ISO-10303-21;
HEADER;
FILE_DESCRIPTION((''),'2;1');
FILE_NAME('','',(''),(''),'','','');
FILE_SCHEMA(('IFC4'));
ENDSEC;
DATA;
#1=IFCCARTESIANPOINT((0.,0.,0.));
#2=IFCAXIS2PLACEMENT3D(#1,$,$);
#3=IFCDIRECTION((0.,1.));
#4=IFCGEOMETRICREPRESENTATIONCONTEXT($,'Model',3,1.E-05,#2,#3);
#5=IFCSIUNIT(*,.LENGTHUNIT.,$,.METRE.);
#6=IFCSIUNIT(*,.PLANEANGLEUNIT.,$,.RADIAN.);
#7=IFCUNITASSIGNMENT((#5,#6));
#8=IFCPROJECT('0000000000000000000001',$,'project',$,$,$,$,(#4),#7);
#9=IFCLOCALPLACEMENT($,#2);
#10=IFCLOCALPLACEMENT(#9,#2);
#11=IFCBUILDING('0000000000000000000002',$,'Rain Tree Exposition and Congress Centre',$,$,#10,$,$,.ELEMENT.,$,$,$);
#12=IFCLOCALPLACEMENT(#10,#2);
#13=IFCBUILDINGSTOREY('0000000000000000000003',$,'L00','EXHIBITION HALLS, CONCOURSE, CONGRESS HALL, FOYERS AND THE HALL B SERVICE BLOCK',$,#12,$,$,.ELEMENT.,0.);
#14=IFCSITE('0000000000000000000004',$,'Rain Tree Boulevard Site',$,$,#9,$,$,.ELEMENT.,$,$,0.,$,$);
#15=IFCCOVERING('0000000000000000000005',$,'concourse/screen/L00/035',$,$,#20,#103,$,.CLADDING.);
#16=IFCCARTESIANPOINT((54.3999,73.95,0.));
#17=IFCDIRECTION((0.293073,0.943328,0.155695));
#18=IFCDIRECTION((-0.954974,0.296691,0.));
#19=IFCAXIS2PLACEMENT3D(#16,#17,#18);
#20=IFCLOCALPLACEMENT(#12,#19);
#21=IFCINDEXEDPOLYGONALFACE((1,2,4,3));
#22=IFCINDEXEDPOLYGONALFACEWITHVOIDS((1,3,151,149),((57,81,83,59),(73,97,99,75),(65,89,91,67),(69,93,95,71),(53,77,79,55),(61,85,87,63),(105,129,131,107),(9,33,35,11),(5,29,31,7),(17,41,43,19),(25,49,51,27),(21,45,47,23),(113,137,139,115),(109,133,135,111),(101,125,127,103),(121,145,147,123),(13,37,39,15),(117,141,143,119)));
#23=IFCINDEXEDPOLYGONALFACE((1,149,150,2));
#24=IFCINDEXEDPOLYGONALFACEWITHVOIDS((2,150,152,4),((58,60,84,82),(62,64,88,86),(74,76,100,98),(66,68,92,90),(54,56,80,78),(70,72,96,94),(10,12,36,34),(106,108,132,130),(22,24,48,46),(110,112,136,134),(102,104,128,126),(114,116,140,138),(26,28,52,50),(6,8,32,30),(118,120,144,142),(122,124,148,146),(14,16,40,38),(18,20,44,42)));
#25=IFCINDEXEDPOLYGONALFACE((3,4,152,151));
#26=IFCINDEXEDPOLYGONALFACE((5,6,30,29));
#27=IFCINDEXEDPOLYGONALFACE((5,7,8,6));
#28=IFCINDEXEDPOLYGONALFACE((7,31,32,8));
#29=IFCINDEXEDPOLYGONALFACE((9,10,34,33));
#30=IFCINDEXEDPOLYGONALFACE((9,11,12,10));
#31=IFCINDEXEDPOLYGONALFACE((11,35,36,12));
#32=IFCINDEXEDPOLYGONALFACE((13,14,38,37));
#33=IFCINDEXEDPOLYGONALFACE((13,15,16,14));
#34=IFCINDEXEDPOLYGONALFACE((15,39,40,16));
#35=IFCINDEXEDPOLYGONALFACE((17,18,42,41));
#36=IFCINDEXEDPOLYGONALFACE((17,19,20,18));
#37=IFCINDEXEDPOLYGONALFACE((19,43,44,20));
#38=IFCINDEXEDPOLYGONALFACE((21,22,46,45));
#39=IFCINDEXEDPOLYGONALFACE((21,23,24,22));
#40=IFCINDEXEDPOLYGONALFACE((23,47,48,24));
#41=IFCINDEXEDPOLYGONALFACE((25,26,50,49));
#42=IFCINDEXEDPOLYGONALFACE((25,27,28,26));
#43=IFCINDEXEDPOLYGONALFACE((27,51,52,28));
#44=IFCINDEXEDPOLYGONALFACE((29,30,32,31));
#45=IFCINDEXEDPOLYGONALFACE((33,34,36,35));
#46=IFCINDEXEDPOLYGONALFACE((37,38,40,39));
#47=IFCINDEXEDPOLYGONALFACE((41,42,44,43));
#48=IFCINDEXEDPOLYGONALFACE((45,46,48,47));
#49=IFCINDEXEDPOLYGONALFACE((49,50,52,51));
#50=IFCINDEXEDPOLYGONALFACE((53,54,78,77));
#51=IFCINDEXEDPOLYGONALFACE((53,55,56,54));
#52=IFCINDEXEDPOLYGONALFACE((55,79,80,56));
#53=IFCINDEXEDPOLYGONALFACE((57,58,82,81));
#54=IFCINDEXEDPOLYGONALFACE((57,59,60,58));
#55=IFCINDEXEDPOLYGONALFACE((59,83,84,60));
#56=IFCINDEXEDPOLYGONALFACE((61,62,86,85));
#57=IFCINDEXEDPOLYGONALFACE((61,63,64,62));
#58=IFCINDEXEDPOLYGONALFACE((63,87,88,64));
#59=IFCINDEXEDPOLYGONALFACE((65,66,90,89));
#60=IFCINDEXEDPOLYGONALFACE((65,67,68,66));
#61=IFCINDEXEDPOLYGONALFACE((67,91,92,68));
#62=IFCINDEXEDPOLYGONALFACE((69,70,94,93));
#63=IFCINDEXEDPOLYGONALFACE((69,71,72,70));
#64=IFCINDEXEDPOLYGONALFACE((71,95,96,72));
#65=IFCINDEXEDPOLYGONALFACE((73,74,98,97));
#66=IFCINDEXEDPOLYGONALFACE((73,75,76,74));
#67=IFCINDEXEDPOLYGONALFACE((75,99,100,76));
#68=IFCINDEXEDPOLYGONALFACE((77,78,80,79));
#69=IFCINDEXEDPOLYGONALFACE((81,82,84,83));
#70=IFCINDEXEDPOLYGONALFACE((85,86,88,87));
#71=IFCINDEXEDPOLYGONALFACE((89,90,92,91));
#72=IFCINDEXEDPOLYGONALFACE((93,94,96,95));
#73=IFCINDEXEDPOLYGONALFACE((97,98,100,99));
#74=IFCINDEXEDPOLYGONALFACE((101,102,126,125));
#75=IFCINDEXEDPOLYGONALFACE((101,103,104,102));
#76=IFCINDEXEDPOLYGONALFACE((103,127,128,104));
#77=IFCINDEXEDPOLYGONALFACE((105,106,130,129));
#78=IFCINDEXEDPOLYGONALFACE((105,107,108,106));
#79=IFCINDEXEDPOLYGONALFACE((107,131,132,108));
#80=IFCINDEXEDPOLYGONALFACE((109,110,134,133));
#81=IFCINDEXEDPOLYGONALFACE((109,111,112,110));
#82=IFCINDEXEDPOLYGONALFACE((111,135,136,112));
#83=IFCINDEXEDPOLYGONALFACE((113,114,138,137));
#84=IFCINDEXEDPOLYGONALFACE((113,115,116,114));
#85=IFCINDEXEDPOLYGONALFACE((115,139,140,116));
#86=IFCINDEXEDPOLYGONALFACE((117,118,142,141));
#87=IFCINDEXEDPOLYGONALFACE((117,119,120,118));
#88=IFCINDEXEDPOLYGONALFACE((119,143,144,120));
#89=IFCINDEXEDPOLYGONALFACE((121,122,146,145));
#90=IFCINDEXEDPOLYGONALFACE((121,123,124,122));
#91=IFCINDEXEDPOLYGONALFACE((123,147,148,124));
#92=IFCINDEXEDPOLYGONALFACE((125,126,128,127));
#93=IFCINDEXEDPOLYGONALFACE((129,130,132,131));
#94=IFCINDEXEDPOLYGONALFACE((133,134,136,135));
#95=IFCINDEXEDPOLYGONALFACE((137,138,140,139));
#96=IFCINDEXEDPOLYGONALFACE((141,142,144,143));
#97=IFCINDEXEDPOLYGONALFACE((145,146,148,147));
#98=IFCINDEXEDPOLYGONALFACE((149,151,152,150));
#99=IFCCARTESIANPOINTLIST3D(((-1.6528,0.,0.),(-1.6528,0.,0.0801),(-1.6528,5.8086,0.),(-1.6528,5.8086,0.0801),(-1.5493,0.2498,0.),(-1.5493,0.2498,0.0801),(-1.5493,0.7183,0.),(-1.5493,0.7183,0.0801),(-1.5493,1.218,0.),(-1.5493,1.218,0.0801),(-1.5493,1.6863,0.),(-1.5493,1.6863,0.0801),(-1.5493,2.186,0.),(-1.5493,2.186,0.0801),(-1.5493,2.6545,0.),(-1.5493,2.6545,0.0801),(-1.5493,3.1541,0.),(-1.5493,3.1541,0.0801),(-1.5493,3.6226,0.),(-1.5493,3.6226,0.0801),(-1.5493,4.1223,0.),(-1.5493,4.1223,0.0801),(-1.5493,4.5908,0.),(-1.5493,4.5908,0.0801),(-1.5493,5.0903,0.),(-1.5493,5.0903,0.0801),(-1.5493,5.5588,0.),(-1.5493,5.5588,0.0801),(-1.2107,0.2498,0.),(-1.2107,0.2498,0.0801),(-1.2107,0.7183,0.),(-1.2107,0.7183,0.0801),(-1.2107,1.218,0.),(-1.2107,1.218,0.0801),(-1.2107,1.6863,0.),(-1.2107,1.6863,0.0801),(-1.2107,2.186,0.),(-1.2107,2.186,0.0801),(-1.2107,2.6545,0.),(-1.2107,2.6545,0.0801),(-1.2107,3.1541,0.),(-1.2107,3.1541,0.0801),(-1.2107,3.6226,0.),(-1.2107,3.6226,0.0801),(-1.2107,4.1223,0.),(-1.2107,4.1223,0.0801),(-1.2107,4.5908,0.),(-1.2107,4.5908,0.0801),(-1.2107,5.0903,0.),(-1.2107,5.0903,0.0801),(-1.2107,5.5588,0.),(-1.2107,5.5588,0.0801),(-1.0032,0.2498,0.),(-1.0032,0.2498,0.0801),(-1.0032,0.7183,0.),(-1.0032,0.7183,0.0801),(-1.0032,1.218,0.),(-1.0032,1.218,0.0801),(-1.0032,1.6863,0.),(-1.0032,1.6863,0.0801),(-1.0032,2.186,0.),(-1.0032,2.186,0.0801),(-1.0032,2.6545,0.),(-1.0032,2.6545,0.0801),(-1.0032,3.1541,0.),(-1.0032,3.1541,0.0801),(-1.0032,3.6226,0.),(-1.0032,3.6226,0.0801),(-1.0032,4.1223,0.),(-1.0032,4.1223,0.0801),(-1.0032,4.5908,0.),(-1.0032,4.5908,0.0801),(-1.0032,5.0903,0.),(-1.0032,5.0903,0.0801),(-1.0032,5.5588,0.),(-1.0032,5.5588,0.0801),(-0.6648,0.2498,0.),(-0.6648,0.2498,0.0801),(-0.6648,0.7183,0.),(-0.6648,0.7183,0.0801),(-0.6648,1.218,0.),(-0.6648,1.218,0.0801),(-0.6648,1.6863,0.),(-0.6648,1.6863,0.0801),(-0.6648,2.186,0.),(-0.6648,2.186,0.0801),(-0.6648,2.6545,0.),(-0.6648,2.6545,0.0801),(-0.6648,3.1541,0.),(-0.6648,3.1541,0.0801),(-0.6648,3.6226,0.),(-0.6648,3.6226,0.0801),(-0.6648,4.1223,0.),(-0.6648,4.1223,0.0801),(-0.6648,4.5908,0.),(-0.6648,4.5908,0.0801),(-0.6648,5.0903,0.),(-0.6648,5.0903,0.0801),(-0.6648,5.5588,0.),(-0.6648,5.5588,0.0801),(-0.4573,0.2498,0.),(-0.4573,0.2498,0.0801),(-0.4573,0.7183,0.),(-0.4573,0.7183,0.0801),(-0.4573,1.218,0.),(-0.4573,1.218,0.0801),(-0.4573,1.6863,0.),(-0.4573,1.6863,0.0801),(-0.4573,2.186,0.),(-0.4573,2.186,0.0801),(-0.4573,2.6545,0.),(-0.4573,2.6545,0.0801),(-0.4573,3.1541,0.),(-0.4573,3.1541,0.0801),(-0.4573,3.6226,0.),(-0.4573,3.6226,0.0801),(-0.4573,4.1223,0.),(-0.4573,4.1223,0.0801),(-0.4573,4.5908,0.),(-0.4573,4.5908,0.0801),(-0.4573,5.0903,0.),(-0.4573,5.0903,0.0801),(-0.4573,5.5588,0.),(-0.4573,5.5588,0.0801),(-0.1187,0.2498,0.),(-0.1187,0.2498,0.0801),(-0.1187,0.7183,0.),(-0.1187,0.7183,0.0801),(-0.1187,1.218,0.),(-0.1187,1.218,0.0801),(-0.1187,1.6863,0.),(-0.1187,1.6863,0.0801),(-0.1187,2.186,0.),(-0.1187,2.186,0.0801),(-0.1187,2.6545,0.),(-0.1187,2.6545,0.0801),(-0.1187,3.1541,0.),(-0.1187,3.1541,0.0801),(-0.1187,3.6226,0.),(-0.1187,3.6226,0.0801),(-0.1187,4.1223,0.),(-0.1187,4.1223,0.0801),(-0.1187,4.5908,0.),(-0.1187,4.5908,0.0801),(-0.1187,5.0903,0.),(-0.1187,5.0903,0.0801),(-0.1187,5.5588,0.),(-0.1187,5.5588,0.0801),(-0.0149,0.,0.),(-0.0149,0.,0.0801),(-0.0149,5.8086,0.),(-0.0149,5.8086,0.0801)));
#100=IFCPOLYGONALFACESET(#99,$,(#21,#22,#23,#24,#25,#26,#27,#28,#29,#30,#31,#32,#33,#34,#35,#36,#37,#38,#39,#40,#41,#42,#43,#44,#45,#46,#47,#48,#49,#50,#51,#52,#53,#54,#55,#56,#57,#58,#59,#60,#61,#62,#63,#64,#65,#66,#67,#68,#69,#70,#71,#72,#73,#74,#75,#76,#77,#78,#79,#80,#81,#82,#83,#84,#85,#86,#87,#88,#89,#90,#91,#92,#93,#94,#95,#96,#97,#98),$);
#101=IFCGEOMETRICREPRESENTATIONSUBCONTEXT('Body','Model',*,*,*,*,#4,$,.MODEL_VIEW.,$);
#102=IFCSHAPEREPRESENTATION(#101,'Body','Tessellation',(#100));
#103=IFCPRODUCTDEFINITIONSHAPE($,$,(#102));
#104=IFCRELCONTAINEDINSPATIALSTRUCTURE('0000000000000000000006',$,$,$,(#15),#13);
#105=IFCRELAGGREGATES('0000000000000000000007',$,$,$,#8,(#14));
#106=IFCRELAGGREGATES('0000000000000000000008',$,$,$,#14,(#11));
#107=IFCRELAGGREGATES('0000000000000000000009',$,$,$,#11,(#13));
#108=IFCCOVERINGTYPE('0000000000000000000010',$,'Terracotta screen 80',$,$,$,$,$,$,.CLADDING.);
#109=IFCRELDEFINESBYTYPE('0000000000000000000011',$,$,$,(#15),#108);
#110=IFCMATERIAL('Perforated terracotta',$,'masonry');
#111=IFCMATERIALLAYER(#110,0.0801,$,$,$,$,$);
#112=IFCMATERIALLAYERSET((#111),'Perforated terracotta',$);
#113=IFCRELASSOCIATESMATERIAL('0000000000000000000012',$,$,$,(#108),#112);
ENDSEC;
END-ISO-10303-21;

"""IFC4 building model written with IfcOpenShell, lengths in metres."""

from ifc_helpers import new_model, si_unit, direction, frame, origin, place, context, subcontext, project, spatial, polyline, outline, extrude, material, layer, layer_set, type_object, element, save


model = new_model("IFC4")

# Units and contexts
model_context = context("Model", 3, precision=1e-05, world=origin(), true_north=direction((0.0, 1.0)))
body_context = subcontext(model_context, "Body", "Model", "MODEL_VIEW")
ifc_project = project(units=[si_unit("LENGTHUNIT", "METRE"), si_unit("PLANEANGLEUNIT", "RADIAN")], contexts=[model_context])

# Site, building, storey
site_placement = place(None, origin())
site = spatial("IfcSite", under=ifc_project, at=site_placement, Name="Rain Tree Boulevard Site", CompositionType="ELEMENT", RefElevation=0.0)
building_placement = place(site_placement, origin())
building = spatial("IfcBuilding", under=site, at=building_placement, Name="Rain Tree Exposition and Congress Centre", CompositionType="ELEMENT")
storey_placement = place(building_placement, origin())
storey = spatial("IfcBuildingStorey", under=building, at=storey_placement, Name="L00", Description="EXHIBITION HALLS, CONCOURSE, CONGRESS HALL, FOYERS AND THE HALL B SERVICE BLOCK", CompositionType="ELEMENT", Elevation=0.0)

# Covering
ifc_material_1 = material(Name="Perforated terracotta", Category="masonry")
ifc_layer_1 = layer(ifc_material_1, 0.0801)
ifc_layer_set_1 = layer_set([ifc_layer_1], Name="Perforated terracotta")
covering_type = type_object("IfcCoveringType", Name="Terracotta screen 80", PredefinedType="CLADDING", material=ifc_layer_set_1)
covering_1_placement = place(storey_placement, frame((54.3999, 73.95, 0.0), z_axis=(0.293073, 0.943328, 0.155695), x_axis=(-0.954974, 0.296691, 0.0)))
element("IfcCovering", 1, at=covering_1_placement, inside=storey, type_object=covering_type, Name="concourse/screen/L00/035", PredefinedType="CLADDING", context=body_context, shape_type="SweptSolid", body=[
    extrude(outline(polyline([(-0.0149, 0.0), (-1.6528, 0.0), (-1.6528, 5.8086), (-0.0149, 5.8086), (-0.0149, 0.0)]), holes=[polyline([(-0.1187, 0.2498), (-0.1187, 0.7183), (-0.4573, 0.7183), (-0.4573, 0.2498), (-0.1187, 0.2498)]), polyline([(-0.1187, 1.218), (-0.1187, 1.6863), (-0.4573, 1.6863), (-0.4573, 1.218), (-0.1187, 1.218)]), polyline([(-0.1187, 2.186), (-0.1187, 2.6545), (-0.4573, 2.6545), (-0.4573, 2.186), (-0.1187, 2.186)]), polyline([(-0.1187, 3.1541), (-0.1187, 3.6226), (-0.4573, 3.6226), (-0.4573, 3.1541), (-0.1187, 3.1541)]), polyline([(-0.1187, 4.1223), (-0.1187, 4.5908), (-0.4573, 4.5908), (-0.4573, 4.1223), (-0.1187, 4.1223)]), polyline([(-0.1187, 5.0903), (-0.1187, 5.5588), (-0.4573, 5.5588), (-0.4573, 5.0903), (-0.1187, 5.0903)]), polyline([(-0.6648, 0.2498), (-0.6648, 0.7183), (-1.0032, 0.7183), (-1.0032, 0.2498), (-0.6648, 0.2498)]), polyline([(-0.6648, 1.218), (-0.6648, 1.6863), (-1.0032, 1.6863), (-1.0032, 1.218), (-0.6648, 1.218)]), polyline([(-0.6648, 2.186), (-0.6648, 2.6545), (-1.0032, 2.6545), (-1.0032, 2.186), (-0.6648, 2.186)]), polyline([(-0.6648, 3.1541), (-0.6648, 3.6226), (-1.0032, 3.6226), (-1.0032, 3.1541), (-0.6648, 3.1541)]), polyline([(-0.6648, 4.1223), (-0.6648, 4.5908), (-1.0032, 4.5908), (-1.0032, 4.1223), (-0.6648, 4.1223)]), polyline([(-0.6648, 5.0903), (-0.6648, 5.5588), (-1.0032, 5.5588), (-1.0032, 5.0903), (-0.6648, 5.0903)]), polyline([(-1.2107, 0.2498), (-1.2107, 0.7183), (-1.5493, 0.7183), (-1.5493, 0.2498), (-1.2107, 0.2498)]), polyline([(-1.2107, 1.218), (-1.2107, 1.6863), (-1.5493, 1.6863), (-1.5493, 1.218), (-1.2107, 1.218)]), polyline([(-1.2107, 2.186), (-1.2107, 2.6545), (-1.5493, 2.6545), (-1.5493, 2.186), (-1.2107, 2.186)]), polyline([(-1.2107, 3.1541), (-1.2107, 3.6226), (-1.5493, 3.6226), (-1.5493, 3.1541), (-1.2107, 3.1541)]), polyline([(-1.2107, 4.1223), (-1.2107, 4.5908), (-1.5493, 4.5908), (-1.5493, 4.1223), (-1.2107, 4.1223)]), polyline([(-1.2107, 5.0903), (-1.2107, 5.5588), (-1.5493, 5.5588), (-1.5493, 5.0903), (-1.2107, 5.0903)])]), origin(), (0.0, 0.0, 1.0), 0.0801),
])

save(model, "model.ifc")
